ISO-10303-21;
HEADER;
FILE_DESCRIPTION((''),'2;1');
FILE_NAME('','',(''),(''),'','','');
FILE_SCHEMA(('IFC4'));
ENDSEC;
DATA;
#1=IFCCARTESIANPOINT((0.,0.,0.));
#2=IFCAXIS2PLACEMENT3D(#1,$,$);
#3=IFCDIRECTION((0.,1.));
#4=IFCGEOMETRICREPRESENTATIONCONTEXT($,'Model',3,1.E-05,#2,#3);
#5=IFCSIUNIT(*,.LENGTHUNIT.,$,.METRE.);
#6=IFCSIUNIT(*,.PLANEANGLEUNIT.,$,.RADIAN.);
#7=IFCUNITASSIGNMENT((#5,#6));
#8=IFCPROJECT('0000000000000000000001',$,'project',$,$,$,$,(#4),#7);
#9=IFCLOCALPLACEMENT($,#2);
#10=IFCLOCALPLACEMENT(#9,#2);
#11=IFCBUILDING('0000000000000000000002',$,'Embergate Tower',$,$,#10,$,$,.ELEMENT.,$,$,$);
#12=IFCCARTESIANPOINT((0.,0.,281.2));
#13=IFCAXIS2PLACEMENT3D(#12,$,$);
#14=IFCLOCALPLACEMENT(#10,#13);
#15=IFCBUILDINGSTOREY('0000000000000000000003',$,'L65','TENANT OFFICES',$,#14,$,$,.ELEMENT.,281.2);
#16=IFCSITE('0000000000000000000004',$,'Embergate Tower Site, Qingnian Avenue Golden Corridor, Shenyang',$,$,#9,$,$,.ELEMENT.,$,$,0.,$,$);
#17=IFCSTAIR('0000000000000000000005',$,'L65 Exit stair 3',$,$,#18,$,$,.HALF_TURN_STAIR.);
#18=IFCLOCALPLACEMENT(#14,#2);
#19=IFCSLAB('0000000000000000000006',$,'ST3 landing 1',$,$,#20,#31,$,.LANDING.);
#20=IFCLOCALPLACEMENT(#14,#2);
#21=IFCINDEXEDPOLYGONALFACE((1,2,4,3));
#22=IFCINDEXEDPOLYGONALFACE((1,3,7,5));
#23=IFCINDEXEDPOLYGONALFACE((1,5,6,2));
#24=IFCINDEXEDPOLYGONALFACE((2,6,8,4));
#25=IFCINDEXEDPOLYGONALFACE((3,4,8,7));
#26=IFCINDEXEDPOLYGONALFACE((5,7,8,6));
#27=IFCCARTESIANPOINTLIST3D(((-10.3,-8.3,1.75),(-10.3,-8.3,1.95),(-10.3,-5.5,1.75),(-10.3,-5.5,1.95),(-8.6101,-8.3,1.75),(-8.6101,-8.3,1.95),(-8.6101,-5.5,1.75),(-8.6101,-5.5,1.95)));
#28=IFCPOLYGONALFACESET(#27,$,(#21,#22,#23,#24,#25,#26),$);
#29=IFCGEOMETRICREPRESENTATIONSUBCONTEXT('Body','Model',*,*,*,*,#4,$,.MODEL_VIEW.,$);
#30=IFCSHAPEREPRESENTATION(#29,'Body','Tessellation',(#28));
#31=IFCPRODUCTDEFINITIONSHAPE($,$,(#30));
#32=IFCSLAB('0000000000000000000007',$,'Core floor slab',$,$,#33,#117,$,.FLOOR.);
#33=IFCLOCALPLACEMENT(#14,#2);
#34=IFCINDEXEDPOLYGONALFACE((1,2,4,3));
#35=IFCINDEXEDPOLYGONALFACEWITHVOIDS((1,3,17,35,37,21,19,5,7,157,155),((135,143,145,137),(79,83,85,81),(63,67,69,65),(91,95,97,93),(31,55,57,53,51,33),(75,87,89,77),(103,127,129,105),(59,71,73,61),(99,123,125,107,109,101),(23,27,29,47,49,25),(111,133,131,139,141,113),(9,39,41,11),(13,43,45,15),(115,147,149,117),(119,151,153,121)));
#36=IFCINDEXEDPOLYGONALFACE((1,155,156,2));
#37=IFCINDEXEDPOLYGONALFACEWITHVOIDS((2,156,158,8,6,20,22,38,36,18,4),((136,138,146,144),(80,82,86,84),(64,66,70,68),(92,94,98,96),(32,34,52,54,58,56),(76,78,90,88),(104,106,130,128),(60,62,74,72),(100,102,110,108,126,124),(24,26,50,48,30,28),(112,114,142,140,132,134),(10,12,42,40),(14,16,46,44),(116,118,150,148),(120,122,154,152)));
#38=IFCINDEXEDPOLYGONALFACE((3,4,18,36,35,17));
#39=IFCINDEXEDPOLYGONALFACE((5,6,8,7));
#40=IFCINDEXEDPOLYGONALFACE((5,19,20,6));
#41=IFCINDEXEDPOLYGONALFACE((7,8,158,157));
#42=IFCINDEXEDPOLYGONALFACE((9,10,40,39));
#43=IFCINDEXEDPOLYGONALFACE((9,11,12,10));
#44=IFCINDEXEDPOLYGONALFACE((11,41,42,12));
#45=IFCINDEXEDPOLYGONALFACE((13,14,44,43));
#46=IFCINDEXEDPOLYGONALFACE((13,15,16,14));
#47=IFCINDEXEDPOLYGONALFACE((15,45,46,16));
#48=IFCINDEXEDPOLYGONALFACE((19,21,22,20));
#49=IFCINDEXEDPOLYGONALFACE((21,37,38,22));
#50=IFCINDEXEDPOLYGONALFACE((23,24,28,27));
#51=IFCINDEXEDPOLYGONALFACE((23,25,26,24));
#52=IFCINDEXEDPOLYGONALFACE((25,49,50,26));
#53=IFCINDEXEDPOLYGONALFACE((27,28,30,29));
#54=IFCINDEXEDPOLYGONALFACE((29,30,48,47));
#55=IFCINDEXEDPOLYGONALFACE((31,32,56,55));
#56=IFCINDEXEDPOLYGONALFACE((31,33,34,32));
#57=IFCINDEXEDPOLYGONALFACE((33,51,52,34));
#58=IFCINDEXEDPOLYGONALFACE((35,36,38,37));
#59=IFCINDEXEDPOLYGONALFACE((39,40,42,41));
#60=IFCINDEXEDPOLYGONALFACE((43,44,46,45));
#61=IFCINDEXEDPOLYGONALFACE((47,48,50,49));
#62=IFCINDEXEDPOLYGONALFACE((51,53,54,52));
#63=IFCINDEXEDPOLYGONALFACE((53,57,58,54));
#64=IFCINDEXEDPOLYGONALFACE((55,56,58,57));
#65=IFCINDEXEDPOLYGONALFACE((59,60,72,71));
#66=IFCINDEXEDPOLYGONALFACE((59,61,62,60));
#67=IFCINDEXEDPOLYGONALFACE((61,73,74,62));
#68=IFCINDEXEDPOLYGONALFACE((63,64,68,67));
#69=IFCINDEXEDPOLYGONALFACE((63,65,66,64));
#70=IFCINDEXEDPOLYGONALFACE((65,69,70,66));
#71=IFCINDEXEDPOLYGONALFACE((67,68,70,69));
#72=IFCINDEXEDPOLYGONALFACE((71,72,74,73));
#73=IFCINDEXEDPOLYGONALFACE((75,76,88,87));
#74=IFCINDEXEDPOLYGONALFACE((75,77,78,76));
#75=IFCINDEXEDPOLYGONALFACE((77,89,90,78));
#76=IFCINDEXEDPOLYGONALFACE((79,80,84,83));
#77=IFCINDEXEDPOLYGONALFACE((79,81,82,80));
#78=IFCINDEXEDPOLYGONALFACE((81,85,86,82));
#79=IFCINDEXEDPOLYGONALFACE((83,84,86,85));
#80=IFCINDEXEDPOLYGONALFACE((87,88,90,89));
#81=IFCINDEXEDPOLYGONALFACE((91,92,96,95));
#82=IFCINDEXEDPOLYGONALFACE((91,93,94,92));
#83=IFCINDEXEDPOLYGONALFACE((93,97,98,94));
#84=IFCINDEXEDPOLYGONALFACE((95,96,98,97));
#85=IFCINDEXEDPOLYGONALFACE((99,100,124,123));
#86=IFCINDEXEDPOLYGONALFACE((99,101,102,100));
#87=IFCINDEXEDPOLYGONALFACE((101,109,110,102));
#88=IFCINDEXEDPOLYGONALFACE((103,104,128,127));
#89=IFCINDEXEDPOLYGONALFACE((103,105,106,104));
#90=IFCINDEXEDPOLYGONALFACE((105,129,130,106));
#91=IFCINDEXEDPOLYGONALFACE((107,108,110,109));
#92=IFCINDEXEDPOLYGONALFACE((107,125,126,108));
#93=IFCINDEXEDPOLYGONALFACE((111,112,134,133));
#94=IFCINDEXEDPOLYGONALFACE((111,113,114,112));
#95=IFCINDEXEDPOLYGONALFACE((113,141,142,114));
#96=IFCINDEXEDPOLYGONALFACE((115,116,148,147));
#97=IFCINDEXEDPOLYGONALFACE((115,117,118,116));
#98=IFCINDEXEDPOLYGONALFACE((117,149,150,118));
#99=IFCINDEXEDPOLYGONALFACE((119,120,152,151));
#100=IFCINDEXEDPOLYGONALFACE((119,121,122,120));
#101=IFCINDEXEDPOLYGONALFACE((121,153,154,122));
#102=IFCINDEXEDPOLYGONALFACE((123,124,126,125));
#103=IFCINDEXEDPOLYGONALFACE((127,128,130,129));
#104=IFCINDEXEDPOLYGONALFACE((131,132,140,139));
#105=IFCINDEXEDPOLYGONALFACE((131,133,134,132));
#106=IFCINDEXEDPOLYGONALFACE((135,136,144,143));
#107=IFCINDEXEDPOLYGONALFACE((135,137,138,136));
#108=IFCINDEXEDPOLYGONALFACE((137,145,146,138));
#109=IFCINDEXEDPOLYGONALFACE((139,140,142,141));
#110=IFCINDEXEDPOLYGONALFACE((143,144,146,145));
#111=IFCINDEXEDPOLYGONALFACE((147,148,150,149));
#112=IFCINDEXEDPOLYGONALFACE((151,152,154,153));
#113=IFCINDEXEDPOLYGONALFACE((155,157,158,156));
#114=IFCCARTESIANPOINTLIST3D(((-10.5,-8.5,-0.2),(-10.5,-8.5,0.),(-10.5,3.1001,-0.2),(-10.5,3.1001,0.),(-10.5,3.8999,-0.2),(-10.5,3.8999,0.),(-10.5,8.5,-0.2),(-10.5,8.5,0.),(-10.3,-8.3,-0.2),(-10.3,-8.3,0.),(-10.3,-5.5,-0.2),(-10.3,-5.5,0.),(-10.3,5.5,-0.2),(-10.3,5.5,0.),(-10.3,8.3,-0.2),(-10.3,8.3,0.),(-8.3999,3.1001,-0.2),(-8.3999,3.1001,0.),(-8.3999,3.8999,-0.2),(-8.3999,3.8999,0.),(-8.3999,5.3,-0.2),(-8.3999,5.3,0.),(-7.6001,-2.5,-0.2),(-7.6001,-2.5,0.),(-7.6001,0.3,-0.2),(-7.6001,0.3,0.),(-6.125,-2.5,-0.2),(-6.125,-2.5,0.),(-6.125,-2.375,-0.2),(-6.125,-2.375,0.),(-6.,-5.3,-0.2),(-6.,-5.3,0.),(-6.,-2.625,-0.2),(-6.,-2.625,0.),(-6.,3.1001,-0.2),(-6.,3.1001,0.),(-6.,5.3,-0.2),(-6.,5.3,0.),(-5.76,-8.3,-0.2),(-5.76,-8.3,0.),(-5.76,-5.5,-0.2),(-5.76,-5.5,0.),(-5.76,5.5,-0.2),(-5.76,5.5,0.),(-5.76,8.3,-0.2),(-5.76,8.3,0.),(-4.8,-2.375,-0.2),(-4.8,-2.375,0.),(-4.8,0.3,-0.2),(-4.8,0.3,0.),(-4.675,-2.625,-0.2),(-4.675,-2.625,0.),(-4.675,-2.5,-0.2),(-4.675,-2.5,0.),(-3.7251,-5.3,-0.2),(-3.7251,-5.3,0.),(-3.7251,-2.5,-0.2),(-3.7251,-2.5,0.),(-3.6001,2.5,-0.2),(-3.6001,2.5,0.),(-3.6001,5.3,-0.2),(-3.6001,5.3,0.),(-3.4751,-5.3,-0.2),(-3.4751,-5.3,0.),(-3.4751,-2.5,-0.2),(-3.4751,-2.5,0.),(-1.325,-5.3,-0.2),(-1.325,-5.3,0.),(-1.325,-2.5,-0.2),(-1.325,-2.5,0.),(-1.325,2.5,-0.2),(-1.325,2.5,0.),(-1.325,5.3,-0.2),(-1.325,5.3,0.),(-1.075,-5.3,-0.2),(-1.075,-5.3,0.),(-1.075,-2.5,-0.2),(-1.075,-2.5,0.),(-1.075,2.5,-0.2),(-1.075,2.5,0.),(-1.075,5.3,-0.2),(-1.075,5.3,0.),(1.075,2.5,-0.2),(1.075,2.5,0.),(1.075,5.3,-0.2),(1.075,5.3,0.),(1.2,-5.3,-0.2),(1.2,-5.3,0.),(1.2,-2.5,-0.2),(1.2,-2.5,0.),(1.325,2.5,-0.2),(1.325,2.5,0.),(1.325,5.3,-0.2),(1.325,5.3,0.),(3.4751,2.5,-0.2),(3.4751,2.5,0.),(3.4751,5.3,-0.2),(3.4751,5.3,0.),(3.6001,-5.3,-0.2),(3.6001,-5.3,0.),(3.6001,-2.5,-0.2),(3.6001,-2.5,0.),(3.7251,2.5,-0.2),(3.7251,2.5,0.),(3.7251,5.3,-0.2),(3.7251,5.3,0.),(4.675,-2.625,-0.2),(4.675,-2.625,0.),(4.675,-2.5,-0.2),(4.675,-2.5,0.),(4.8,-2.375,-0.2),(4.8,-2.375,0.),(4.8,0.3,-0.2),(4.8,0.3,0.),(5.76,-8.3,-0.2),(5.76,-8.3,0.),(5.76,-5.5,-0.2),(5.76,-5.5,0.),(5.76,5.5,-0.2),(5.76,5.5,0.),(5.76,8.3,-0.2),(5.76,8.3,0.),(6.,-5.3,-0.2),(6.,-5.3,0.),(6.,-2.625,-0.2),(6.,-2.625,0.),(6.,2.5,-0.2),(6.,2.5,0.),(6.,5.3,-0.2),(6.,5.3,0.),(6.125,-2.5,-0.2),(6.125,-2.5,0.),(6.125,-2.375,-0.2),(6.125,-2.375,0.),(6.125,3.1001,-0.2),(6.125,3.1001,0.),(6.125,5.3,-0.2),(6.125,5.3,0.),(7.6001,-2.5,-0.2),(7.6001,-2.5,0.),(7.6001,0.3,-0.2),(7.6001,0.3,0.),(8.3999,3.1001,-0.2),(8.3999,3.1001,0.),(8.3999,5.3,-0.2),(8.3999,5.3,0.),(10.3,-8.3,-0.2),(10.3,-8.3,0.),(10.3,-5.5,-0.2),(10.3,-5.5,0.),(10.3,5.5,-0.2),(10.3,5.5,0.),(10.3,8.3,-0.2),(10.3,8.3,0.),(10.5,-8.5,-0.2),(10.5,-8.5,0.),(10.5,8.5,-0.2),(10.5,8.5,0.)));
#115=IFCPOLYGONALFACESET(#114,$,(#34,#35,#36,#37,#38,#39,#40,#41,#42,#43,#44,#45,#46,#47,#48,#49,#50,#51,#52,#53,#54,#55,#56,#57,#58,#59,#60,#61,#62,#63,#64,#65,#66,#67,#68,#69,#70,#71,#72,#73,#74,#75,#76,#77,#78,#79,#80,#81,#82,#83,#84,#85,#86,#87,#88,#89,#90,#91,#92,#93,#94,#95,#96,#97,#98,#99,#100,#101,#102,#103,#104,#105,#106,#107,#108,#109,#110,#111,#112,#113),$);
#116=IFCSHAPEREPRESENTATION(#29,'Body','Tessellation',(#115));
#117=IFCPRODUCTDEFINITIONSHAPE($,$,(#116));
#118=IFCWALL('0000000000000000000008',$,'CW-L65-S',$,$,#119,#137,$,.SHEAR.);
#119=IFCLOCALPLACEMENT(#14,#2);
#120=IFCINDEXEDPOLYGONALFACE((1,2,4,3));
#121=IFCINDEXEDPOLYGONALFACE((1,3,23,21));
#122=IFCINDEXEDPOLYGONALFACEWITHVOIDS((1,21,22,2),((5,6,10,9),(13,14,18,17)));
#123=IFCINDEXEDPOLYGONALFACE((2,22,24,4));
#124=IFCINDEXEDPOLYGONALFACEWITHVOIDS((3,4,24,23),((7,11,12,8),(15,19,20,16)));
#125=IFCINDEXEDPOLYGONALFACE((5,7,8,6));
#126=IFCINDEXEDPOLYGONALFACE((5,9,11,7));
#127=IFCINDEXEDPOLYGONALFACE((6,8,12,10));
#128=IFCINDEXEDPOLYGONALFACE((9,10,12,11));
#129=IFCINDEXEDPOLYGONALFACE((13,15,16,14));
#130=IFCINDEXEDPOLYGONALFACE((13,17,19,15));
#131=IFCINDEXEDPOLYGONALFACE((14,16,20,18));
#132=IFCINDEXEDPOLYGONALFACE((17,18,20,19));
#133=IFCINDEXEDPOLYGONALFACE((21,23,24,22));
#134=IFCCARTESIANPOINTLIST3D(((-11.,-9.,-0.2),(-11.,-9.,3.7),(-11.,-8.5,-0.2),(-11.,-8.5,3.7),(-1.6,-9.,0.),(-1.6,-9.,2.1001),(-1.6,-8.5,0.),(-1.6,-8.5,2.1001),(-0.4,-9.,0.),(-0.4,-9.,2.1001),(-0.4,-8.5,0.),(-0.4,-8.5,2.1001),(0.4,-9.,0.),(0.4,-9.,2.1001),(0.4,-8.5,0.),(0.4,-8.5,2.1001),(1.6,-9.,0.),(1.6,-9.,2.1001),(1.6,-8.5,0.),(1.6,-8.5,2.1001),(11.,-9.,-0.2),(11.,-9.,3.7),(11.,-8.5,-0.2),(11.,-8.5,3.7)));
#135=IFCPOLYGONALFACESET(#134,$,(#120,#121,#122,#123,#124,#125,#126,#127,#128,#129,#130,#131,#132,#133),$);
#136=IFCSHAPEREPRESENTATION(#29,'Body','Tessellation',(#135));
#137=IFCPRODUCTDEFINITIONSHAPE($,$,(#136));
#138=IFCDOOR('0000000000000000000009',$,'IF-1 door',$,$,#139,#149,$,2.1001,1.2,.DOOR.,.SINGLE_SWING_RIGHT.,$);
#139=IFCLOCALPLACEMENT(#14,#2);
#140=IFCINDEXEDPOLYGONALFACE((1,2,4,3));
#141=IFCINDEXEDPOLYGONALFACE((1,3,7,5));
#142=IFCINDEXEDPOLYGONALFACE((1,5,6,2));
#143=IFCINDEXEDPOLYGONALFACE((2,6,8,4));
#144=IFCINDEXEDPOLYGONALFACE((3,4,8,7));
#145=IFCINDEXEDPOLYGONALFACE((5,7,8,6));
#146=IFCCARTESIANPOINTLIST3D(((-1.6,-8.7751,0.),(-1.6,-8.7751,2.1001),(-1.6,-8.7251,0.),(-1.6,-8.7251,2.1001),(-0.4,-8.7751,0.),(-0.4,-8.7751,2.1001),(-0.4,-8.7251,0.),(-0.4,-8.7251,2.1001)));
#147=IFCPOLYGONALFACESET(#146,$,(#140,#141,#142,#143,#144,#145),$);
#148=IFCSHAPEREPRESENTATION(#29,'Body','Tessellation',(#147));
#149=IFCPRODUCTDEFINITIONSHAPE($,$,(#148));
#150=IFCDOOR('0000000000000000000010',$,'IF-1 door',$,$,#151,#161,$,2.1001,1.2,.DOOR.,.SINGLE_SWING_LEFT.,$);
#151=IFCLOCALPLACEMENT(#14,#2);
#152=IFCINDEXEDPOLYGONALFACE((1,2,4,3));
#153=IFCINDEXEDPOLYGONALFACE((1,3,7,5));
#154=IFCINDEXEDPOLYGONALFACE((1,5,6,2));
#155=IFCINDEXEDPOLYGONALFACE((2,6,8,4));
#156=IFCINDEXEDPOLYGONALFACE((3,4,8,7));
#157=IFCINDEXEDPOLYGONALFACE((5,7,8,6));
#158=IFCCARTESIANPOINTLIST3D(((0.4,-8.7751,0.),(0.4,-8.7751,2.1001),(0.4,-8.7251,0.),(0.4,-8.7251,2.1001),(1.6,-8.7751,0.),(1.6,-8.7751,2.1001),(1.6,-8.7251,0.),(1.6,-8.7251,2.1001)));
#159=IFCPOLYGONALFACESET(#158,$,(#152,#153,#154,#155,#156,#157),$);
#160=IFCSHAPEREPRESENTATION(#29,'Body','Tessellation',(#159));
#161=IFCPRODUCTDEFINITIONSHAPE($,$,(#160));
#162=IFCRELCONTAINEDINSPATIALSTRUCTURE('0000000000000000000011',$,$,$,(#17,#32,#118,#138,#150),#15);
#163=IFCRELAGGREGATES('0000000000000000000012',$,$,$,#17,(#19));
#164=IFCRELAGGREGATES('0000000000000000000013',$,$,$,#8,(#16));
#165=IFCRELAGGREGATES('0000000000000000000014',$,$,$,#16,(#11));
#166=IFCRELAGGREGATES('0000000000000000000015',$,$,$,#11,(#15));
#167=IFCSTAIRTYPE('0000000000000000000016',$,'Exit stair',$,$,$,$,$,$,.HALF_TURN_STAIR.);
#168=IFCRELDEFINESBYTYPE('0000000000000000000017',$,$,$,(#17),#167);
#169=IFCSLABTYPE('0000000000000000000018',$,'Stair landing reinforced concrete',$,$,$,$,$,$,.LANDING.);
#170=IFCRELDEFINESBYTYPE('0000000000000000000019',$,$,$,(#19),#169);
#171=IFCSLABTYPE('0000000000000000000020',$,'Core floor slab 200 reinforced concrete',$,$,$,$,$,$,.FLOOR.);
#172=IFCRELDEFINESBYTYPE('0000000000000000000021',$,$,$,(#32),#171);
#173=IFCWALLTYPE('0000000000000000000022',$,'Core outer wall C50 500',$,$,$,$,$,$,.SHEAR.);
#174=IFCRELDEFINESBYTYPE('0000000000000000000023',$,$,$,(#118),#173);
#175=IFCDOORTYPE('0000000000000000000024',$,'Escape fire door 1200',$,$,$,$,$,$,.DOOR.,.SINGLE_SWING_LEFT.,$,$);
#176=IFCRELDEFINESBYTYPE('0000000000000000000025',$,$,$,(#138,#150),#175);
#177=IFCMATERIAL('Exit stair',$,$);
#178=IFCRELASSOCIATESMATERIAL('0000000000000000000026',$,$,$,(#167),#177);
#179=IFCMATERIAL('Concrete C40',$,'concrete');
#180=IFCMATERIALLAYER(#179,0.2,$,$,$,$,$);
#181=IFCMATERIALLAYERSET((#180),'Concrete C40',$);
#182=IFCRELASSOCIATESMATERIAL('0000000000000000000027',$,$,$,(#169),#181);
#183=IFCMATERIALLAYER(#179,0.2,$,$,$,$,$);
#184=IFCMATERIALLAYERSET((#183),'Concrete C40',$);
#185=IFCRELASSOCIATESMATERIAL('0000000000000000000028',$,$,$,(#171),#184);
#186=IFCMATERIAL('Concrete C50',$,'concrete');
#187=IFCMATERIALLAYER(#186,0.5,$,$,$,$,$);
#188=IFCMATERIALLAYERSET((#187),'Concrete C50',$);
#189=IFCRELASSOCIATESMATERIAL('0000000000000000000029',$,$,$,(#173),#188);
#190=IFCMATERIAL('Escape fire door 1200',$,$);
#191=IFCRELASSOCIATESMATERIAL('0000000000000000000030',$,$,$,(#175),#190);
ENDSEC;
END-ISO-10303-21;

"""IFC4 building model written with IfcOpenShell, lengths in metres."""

from ifc_helpers import new_model, si_unit, direction, frame, frame_2d, origin, place, context, subcontext, project, spatial, polyline, rectangle, outline, extrude, source, transform, mapped, material, layer, layer_set, type_object, element, fill, aggregate, save


model = new_model("IFC4")

# Units and contexts
model_context = context("Model", 3, precision=1e-05, world=origin(), true_north=direction((0.0, 1.0)))
body_context = subcontext(model_context, "Body", "Model", "MODEL_VIEW")
ifc_project = project(units=[si_unit("LENGTHUNIT", "METRE"), si_unit("PLANEANGLEUNIT", "RADIAN")], contexts=[model_context])

# Site, building, storey
site_placement = place(None, origin())
site = spatial("IfcSite", under=ifc_project, at=site_placement, Name="Embergate Tower Site, Qingnian Avenue Golden Corridor, Shenyang", CompositionType="ELEMENT", RefElevation=0.0)
building_placement = place(site_placement, origin())
building = spatial("IfcBuilding", under=site, at=building_placement, Name="Embergate Tower", CompositionType="ELEMENT")
storey_placement = place(building_placement, frame((0.0, 0.0, 281.2)))
storey = spatial("IfcBuildingStorey", under=building, at=storey_placement, Name="L65", Description="TENANT OFFICES", CompositionType="ELEMENT", Elevation=281.2)

# Stair, slab
ifc_material_1 = material(Name="Exit stair")
stair_type = type_object("IfcStairType", Name="Exit stair", PredefinedType="HALF_TURN_STAIR", material=ifc_material_1)
stair_placement = place(storey_placement, origin())
stair = element("IfcStair", 1, at=stair_placement, inside=storey, type_object=stair_type, Name="L65 Exit stair 3", PredefinedType="HALF_TURN_STAIR")
ifc_material_2 = material(Name="Concrete C40", Category="concrete")
ifc_layer_1 = layer(ifc_material_2, 0.2)
ifc_layer_set_1 = layer_set([ifc_layer_1], Name="Concrete C40")
slab_type_1 = type_object("IfcSlabType", Name="Stair landing reinforced concrete", PredefinedType="LANDING", material=ifc_layer_set_1)
shared_shape_1 = source(origin(), body_context, "Body", "SweptSolid", [
    extrude(outline(polyline([(0.0, 0.0), (1.6899, 0.0), (1.6899, 2.8), (0.0, 2.8), (0.0, 0.0)])), origin(), (0.0, 0.0, 1.0), 0.2),
])
slab_1_placement = place(storey_placement, frame((-10.3, -8.3, 1.75)))
slab_1 = element("IfcSlab", 2, at=slab_1_placement, type_object=slab_type_1, Name="ST3 landing 1", PredefinedType="LANDING", context=body_context, shape_type="MappedRepresentation", body=[
    mapped(shared_shape_1, transform((0.0, 0.0, 0.0))),
])

# Slab
ifc_layer_2 = layer(ifc_material_2, 0.2)
ifc_layer_set_2 = layer_set([ifc_layer_2], Name="Concrete C40")
slab_type_2 = type_object("IfcSlabType", Name="Core floor slab 200 reinforced concrete", PredefinedType="FLOOR", material=ifc_layer_set_2)
shared_shape_2 = source(origin(), body_context, "Body", "SweptSolid", [
    extrude(outline(polyline([(0.0, 0.0), (21.0, 0.0), (21.0, 17.0), (0.0, 17.0), (0.0, 12.3999), (2.1001, 12.3999), (2.1001, 13.8), (4.5, 13.8), (4.5, 11.6001), (2.1001, 11.6001), (0.0, 11.6001), (0.0, 0.0)]), holes=[polyline([(0.2, 0.2), (0.2, 3.0), (4.74, 3.0), (4.74, 0.2), (0.2, 0.2)]), polyline([(16.26, 0.2), (16.26, 3.0), (20.8, 3.0), (20.8, 0.2), (16.26, 0.2)]), polyline([(4.5, 3.2), (4.5, 5.875), (5.825, 5.875), (5.825, 6.0), (6.7749, 6.0), (6.7749, 3.2), (4.5, 3.2)]), polyline([(7.0249, 3.2), (7.0249, 6.0), (9.175, 6.0), (9.175, 3.2), (7.0249, 3.2)]), polyline([(9.425, 3.2), (9.425, 6.0), (11.7, 6.0), (11.7, 3.2), (9.425, 3.2)]), polyline([(14.1001, 3.2), (14.1001, 6.0), (15.175, 6.0), (15.175, 5.875), (16.5, 5.875), (16.5, 3.2), (14.1001, 3.2)]), polyline([(2.8999, 6.0), (2.8999, 8.8), (5.7, 8.8), (5.7, 6.125), (4.375, 6.125), (4.375, 6.0), (2.8999, 6.0)]), polyline([(16.625, 6.0), (16.625, 6.125), (15.3, 6.125), (15.3, 8.8), (18.1001, 8.8), (18.1001, 6.0), (16.625, 6.0)]), polyline([(6.8999, 11.0), (6.8999, 13.8), (9.175, 13.8), (9.175, 11.0), (6.8999, 11.0)]), polyline([(9.425, 11.0), (9.425, 13.8), (11.575, 13.8), (11.575, 11.0), (9.425, 11.0)]), polyline([(11.825, 11.0), (11.825, 13.8), (13.9751, 13.8), (13.9751, 11.0), (11.825, 11.0)]), polyline([(14.2251, 11.0), (14.2251, 13.8), (16.5, 13.8), (16.5, 11.0), (14.2251, 11.0)]), polyline([(16.625, 11.6001), (16.625, 13.8), (18.8999, 13.8), (18.8999, 11.6001), (16.625, 11.6001)]), polyline([(0.2, 14.0), (0.2, 16.8), (4.74, 16.8), (4.74, 14.0), (0.2, 14.0)]), polyline([(16.26, 14.0), (16.26, 16.8), (20.8, 16.8), (20.8, 14.0), (16.26, 14.0)])]), origin(), (0.0, 0.0, 1.0), 0.2),
])
slab_2_placement = place(storey_placement, frame((-10.5, -8.5, -0.2)))
element("IfcSlab", 3, at=slab_2_placement, inside=storey, type_object=slab_type_2, Name="Core floor slab", PredefinedType="FLOOR", context=body_context, shape_type="MappedRepresentation", body=[
    mapped(shared_shape_2, transform((0.0, 0.0, 0.0))),
])

# Wall, openings, doors
ifc_material_3 = material(Name="Concrete C50", Category="concrete")
ifc_layer_3 = layer(ifc_material_3, 0.5)
ifc_layer_set_3 = layer_set([ifc_layer_3], Name="Concrete C50")
wall_type_1 = type_object("IfcWallType", Name="Core outer wall C50 500", PredefinedType="SHEAR", material=ifc_layer_set_3)
shared_shape_3 = source(origin(), body_context, "Body", "SweptSolid", [
    extrude(rectangle(XDim=22.0, YDim=0.5, at=frame_2d((11.0, 0.0))), origin(), (0.0, 0.0, 1.0), 3.8999),
])
wall_1_placement = place(storey_placement, frame((-11.0, -8.75, -0.2), z_axis=(0.0, 0.0, 1.0), x_axis=(1.0, 0.0, 0.0)))
wall_1 = element("IfcWall", 4, at=wall_1_placement, inside=storey, type_object=wall_type_1, Name="CW-L65-S", PredefinedType="SHEAR", context=body_context, shape_type="MappedRepresentation", body=[
    mapped(shared_shape_3, transform((0.0, 0.0, 0.0))),
])
shared_shape_4 = source(origin(), body_context, "Body", "SweptSolid", [
    extrude(rectangle(XDim=1.2, YDim=2.1001, at=frame_2d((0.6001, 1.05))), frame((0.0, 0.26, 0.0), z_axis=(0.0, -1.0, 0.0), x_axis=(1.0, 0.0, 0.0)), (0.0, 0.0, 1.0), 0.52),
])
opening_1_placement = place(wall_1_placement, frame((9.3999, 0.0, 0.2)))
opening_1 = element("IfcOpeningElement", 5, at=opening_1_placement, cuts=wall_1, PredefinedType="OPENING", context=body_context, shape_type="MappedRepresentation", body=[
    mapped(shared_shape_4, transform((0.0, 0.0, 0.0))),
])
opening_2_placement = place(wall_1_placement, frame((11.3999, 0.0, 0.2)))
opening_2 = element("IfcOpeningElement", 6, at=opening_2_placement, cuts=wall_1, PredefinedType="OPENING", context=body_context, shape_type="MappedRepresentation", body=[
    mapped(shared_shape_4, transform((0.0, 0.0, 0.0))),
])
ifc_material_4 = material(Name="Escape fire door 1200")
door_type_1 = type_object("IfcDoorType", Name="Escape fire door 1200", OperationType="SINGLE_SWING_LEFT", PredefinedType="DOOR", material=ifc_material_4)
shared_shape_5 = source(origin(), body_context, "Body", "SweptSolid", [
    extrude(rectangle(XDim=1.2, YDim=2.1001, at=frame_2d((0.6001, 1.05))), frame((0.0, 0.0249, 0.0), z_axis=(0.0, -1.0, 0.0), x_axis=(1.0, 0.0, 0.0)), (0.0, 0.0, 1.0), 0.05),
])
door_1_placement = place(opening_1_placement, origin())
door_1 = element("IfcDoor", 7, at=door_1_placement, inside=storey, type_object=door_type_1, Name="IF-1 door", OperationType="SINGLE_SWING_RIGHT", OverallHeight=2.1001, OverallWidth=1.2, PredefinedType="DOOR", context=body_context, shape_type="MappedRepresentation", body=[
    mapped(shared_shape_5, transform((0.0, 0.0, 0.0))),
])
fill(opening_1, door_1)
door_2_placement = place(opening_2_placement, origin())
door_2 = element("IfcDoor", 8, at=door_2_placement, inside=storey, type_object=door_type_1, Name="IF-1 door", OperationType="SINGLE_SWING_LEFT", OverallHeight=2.1001, OverallWidth=1.2, PredefinedType="DOOR", context=body_context, shape_type="MappedRepresentation", body=[
    mapped(shared_shape_5, transform((0.0, 0.0, 0.0))),
])
fill(opening_2, door_2)

aggregate(stair, [slab_1])

save(model, "model.ifc")
